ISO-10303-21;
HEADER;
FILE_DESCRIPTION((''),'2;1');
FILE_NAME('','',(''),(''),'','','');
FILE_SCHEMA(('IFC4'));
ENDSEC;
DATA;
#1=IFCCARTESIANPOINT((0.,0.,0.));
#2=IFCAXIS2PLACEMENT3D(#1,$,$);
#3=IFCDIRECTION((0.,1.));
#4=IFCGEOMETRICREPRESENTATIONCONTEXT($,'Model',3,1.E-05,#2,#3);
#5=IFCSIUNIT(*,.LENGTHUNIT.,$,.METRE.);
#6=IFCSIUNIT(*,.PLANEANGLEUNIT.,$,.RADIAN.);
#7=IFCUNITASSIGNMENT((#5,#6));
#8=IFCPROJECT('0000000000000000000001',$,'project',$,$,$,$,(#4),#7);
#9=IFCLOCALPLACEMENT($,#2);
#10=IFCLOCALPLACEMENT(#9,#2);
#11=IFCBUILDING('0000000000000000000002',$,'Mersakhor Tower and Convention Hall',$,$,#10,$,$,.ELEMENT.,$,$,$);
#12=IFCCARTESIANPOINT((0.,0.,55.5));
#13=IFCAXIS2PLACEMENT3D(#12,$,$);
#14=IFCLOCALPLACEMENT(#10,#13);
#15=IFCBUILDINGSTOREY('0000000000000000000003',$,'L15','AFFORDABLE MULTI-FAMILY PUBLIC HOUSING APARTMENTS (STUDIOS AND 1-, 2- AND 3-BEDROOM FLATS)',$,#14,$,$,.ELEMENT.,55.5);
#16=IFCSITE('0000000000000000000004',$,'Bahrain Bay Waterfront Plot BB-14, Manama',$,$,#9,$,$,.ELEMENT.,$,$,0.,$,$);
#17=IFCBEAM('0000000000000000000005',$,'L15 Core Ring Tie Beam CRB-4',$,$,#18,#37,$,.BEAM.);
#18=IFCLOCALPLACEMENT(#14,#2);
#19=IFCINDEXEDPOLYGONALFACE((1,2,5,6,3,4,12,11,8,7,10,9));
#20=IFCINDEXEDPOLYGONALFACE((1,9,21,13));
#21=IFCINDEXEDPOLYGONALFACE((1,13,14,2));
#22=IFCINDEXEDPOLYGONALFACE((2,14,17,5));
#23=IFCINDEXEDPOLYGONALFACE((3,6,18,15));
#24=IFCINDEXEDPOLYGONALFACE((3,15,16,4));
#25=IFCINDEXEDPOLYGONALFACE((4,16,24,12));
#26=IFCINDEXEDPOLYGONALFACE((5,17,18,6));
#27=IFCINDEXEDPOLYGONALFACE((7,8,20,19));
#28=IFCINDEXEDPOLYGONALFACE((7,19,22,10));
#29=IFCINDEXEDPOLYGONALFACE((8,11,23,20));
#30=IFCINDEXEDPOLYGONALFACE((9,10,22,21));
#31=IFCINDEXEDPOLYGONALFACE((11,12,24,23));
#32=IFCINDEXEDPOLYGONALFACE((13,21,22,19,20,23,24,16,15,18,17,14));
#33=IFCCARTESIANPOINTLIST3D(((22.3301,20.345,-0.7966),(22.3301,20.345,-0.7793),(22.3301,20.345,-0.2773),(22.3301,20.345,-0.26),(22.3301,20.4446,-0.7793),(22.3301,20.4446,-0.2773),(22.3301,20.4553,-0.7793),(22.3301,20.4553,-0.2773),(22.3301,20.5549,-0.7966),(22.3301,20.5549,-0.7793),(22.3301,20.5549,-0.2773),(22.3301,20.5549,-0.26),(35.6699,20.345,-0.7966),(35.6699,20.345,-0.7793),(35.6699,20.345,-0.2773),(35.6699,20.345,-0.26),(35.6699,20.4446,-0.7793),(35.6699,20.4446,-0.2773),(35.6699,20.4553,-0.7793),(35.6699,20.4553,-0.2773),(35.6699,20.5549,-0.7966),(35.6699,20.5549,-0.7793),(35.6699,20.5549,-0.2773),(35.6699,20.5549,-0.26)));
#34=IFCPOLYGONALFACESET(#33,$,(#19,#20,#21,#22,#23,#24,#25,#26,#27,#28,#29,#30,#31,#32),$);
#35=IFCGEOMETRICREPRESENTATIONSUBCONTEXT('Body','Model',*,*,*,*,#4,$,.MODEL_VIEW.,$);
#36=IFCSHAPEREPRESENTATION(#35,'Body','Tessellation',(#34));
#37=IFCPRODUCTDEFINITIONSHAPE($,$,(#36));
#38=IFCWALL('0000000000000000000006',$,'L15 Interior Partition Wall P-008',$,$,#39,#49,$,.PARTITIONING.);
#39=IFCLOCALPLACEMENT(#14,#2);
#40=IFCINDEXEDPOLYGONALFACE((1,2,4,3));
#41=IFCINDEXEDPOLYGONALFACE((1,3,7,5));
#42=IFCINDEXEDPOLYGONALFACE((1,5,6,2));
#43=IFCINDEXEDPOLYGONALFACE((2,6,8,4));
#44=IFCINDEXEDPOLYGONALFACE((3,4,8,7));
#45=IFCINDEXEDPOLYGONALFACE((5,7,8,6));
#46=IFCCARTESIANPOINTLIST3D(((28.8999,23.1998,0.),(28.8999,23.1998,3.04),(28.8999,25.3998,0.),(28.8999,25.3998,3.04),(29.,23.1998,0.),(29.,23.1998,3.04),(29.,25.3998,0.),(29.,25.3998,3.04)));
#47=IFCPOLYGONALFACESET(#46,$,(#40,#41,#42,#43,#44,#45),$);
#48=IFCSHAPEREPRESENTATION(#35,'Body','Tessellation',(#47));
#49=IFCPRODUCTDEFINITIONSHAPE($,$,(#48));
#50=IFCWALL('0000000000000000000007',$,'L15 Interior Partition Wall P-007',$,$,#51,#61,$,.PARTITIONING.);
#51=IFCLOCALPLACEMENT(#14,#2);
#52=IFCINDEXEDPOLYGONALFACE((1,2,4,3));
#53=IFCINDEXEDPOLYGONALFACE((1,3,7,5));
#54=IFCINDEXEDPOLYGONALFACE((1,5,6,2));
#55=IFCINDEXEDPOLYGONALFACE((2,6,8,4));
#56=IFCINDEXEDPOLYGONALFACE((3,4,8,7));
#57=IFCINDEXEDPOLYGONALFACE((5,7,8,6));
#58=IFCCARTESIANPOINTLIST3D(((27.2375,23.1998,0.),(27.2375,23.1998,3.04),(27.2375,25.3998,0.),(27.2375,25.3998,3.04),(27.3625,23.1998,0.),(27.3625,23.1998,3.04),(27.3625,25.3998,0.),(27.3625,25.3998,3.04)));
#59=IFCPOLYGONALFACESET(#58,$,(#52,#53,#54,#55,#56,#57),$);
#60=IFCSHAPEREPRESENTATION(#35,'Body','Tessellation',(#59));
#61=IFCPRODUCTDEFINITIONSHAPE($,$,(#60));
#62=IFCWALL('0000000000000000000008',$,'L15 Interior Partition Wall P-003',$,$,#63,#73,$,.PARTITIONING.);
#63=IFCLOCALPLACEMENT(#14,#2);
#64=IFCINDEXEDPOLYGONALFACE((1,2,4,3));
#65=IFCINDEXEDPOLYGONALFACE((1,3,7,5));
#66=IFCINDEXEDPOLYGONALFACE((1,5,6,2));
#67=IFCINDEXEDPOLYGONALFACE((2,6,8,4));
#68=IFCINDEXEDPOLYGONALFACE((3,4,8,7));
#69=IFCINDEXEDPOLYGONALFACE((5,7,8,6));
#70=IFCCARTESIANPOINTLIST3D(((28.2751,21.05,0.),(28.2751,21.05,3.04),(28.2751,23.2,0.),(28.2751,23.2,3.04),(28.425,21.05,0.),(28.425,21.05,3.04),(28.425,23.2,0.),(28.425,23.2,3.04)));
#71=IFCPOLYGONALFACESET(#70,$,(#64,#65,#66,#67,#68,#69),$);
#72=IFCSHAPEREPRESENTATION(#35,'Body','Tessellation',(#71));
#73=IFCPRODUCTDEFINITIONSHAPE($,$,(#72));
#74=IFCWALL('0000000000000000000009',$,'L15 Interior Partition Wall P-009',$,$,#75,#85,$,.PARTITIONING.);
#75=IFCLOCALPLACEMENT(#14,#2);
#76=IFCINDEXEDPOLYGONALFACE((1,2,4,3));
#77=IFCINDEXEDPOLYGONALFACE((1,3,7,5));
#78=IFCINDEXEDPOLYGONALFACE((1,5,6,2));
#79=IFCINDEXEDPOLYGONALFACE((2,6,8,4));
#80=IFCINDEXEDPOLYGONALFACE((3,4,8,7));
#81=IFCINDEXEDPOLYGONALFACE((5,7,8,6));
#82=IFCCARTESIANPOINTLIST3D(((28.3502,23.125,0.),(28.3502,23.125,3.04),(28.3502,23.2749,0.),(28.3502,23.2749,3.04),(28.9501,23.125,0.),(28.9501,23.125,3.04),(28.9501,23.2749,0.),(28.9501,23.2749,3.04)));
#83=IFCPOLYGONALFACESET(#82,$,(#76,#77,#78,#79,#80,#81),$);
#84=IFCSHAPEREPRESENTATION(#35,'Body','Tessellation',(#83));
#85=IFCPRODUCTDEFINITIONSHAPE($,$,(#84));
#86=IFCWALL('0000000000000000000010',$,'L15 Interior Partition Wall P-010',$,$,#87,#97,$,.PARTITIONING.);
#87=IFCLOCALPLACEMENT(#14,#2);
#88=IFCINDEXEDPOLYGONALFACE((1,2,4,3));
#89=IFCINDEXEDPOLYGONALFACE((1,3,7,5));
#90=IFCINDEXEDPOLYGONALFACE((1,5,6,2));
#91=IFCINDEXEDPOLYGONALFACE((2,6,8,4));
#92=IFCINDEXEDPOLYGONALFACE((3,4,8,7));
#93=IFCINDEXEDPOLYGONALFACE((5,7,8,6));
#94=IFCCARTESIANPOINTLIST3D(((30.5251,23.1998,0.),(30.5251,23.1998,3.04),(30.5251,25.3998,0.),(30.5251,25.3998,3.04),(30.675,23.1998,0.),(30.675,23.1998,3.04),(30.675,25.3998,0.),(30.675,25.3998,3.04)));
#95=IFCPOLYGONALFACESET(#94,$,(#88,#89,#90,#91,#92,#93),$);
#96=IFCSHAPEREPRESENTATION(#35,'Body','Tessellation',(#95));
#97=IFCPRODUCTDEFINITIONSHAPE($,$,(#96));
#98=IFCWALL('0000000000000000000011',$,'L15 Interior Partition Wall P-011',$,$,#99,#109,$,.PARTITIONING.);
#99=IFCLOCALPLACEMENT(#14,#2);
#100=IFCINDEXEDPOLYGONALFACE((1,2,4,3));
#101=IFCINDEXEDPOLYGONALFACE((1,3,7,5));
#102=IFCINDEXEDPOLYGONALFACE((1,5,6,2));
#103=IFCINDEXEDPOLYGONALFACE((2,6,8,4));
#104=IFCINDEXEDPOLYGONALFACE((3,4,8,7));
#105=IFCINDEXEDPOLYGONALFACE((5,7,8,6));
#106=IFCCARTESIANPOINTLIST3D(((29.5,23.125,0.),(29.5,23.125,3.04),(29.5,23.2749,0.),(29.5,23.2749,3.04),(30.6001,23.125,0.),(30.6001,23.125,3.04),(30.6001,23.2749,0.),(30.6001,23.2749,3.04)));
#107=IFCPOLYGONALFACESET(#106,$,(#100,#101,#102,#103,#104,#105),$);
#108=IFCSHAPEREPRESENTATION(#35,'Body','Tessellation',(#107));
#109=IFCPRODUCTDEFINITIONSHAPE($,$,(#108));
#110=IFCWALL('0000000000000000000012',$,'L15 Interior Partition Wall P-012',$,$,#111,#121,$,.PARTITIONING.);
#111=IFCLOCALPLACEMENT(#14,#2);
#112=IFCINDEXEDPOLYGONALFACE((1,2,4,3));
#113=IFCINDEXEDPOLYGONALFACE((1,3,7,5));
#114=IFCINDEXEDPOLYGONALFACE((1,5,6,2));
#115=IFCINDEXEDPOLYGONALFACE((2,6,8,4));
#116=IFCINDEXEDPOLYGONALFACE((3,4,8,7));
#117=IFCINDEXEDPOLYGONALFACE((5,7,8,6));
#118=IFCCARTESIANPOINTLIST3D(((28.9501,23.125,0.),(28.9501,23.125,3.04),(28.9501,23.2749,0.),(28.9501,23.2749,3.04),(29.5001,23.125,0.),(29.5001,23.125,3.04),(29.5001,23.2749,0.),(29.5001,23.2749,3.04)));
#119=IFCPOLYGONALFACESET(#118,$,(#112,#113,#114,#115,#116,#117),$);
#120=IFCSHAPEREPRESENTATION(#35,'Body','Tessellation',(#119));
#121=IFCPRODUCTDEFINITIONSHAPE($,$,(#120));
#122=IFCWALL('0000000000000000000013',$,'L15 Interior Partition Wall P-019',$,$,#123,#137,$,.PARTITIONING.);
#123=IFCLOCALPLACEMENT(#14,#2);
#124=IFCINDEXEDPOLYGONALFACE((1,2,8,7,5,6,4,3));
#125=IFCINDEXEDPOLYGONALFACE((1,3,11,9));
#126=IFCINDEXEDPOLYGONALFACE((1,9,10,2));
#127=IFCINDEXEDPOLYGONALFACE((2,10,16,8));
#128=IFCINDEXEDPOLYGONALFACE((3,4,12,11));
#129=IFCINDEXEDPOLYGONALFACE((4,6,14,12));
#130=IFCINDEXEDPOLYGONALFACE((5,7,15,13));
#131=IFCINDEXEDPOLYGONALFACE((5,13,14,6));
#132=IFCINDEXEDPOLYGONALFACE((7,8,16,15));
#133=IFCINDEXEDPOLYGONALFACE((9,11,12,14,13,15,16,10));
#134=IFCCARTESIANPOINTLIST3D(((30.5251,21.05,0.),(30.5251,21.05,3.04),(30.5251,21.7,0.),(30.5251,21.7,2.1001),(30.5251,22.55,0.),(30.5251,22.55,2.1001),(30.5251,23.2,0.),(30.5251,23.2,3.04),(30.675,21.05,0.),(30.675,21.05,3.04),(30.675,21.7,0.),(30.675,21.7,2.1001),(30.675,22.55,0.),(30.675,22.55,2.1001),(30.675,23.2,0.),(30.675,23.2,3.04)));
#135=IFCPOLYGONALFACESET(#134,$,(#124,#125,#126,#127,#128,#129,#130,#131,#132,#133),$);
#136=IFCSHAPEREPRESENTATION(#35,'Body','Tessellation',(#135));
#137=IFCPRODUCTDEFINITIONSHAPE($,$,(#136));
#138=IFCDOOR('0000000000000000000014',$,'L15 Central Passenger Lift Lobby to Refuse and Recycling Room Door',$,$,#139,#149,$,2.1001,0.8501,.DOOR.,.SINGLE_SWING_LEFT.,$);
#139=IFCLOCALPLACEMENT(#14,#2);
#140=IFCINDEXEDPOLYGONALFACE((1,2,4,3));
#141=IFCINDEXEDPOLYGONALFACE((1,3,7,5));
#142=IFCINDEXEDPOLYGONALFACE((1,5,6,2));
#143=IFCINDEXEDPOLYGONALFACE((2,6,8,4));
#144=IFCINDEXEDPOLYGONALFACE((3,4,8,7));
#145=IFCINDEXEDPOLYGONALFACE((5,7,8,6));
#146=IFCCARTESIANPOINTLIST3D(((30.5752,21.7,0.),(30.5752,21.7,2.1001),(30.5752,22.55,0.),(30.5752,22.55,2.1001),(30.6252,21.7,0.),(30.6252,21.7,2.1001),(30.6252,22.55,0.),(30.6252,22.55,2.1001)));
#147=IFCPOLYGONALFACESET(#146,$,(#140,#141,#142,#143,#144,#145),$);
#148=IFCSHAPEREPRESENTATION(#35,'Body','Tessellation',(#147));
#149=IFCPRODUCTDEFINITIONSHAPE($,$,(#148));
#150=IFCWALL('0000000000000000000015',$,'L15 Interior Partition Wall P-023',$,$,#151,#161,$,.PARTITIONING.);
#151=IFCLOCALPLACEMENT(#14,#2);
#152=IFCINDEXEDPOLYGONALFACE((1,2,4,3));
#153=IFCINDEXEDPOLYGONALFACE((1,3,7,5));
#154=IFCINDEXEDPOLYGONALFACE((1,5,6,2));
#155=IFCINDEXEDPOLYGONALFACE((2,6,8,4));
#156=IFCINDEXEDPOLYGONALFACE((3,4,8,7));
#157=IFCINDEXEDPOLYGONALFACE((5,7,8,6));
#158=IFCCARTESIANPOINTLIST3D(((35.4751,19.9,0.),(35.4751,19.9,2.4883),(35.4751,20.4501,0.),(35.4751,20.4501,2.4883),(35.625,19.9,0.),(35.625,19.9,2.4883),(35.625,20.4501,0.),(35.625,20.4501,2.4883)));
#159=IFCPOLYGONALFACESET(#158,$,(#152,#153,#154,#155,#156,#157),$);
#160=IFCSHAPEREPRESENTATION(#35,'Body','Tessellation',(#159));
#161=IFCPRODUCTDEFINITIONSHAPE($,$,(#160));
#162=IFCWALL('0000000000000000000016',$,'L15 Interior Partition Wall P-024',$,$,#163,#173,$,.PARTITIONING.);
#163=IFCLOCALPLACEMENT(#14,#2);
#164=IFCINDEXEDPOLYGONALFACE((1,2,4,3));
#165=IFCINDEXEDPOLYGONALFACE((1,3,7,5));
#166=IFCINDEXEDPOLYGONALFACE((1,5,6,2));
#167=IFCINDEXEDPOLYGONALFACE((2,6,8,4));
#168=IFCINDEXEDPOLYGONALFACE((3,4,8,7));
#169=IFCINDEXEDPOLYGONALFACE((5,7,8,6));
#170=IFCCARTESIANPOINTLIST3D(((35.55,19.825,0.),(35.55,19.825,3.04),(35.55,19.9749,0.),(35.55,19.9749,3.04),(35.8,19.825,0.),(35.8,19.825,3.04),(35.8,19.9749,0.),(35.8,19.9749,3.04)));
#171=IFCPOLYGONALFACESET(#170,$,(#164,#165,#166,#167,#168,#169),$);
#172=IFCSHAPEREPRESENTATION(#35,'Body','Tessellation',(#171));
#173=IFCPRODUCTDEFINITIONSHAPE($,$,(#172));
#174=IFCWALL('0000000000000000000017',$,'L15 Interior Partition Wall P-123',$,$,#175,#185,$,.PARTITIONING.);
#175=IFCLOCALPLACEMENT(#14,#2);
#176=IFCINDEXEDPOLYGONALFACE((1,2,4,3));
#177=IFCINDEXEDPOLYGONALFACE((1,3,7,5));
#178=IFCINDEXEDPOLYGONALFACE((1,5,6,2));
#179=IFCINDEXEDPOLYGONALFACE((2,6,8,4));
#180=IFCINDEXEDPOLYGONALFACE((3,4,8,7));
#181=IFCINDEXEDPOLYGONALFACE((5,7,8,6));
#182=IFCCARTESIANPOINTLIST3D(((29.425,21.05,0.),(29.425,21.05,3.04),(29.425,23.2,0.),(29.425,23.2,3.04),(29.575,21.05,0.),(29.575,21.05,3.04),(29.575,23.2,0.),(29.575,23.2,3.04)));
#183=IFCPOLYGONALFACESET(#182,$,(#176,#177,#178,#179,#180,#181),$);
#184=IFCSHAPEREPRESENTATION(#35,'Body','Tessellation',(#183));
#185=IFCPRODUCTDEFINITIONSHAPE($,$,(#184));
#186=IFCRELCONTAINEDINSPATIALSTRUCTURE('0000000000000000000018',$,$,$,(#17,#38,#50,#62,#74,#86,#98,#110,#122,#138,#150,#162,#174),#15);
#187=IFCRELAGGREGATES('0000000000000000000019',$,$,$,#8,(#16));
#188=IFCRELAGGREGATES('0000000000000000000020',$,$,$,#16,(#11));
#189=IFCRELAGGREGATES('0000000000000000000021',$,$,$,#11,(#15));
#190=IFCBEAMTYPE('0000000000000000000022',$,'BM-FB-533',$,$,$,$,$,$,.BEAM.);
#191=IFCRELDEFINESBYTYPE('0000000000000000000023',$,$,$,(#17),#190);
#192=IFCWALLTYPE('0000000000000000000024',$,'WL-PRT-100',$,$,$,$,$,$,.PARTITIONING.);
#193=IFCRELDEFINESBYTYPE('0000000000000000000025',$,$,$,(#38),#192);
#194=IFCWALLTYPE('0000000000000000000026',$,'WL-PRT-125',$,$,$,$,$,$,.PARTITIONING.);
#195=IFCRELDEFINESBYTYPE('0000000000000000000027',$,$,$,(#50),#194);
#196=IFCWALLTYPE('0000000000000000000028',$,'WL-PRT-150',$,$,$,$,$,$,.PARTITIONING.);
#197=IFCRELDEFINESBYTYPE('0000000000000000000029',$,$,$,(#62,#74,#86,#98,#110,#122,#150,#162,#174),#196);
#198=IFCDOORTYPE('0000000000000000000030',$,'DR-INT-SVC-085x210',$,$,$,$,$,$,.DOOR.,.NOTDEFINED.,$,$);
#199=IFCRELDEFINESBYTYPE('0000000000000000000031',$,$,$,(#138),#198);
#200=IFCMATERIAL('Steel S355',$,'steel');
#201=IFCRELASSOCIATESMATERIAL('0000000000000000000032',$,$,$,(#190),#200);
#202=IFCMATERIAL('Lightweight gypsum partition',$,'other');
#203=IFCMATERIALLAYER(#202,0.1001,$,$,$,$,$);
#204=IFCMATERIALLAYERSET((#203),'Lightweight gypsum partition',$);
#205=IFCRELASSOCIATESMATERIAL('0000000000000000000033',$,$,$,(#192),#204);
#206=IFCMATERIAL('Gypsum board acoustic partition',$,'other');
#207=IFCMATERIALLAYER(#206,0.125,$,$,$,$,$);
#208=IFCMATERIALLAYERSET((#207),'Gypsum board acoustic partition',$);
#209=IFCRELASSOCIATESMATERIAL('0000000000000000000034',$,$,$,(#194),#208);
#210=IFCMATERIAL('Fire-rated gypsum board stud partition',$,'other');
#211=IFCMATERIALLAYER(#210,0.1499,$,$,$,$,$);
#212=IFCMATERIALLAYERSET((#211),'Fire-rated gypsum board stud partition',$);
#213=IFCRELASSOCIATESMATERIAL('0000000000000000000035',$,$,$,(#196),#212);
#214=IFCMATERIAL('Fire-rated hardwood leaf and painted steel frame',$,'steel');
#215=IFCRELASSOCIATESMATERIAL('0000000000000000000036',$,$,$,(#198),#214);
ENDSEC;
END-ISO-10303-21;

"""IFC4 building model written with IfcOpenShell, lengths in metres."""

from ifc_helpers import new_model, si_unit, direction, frame, frame_2d, origin, origin_2d, place, context, subcontext, project, spatial, rectangle, i_section, extrude, material, layer, layer_set, material_profile, profile_set, type_object, element, fill, save


model = new_model("IFC4")

# Units and contexts
model_context = context("Model", 3, precision=1e-05, world=origin(), true_north=direction((0.0, 1.0)))
body_context = subcontext(model_context, "Body", "Model", "MODEL_VIEW")
ifc_project = project(units=[si_unit("LENGTHUNIT", "METRE"), si_unit("PLANEANGLEUNIT", "RADIAN")], contexts=[model_context])

# Site, building, storey
site_placement = place(None, origin())
site = spatial("IfcSite", under=ifc_project, at=site_placement, Name="Bahrain Bay Waterfront Plot BB-14, Manama", CompositionType="ELEMENT", RefElevation=0.0)
building_placement = place(site_placement, origin())
building = spatial("IfcBuilding", under=site, at=building_placement, Name="Mersakhor Tower and Convention Hall", CompositionType="ELEMENT")
storey_placement = place(building_placement, frame((0.0, 0.0, 55.5)))
storey = spatial("IfcBuildingStorey", under=building, at=storey_placement, Name="L15", Description="AFFORDABLE MULTI-FAMILY PUBLIC HOUSING APARTMENTS (STUDIOS AND 1-, 2- AND 3-BEDROOM FLATS)", CompositionType="ELEMENT", Elevation=55.5)

# Beam
ifc_material_1 = material(Name="Steel S355", Category="steel")
ifc_material_profile = material_profile(ifc_material_1, i_section(OverallWidth=0.21, OverallDepth=0.5366, WebThickness=0.0107, FlangeThickness=0.0173, at=origin_2d()), Name="UB 533x210x101")
ifc_profile_set = profile_set([ifc_material_profile], Name="Steel S355")
beam_type = type_object("IfcBeamType", Name="BM-FB-533", PredefinedType="BEAM", material=ifc_profile_set)
beam_placement = place(storey_placement, frame((35.6699, 20.45, -0.5283), z_axis=(-1.0, 0.0, 0.0), x_axis=(0.0, -1.0, 0.0)))
element("IfcBeam", 1, at=beam_placement, inside=storey, type_object=beam_type, Name="L15 Core Ring Tie Beam CRB-4", PredefinedType="BEAM", context=body_context, shape_type="SweptSolid", body=[
    extrude(i_section(OverallWidth=0.21, OverallDepth=0.5366, WebThickness=0.0107, FlangeThickness=0.0173, at=origin_2d()), origin(), (0.0, 0.0, 1.0), 13.3398),
])

# Walls
ifc_material_2 = material(Name="Lightweight gypsum partition", Category="other")
ifc_layer_1 = layer(ifc_material_2, 0.1001)
ifc_layer_set_1 = layer_set([ifc_layer_1], Name="Lightweight gypsum partition")
wall_type_1 = type_object("IfcWallType", Name="WL-PRT-100", PredefinedType="PARTITIONING", material=ifc_layer_set_1)
wall_1_placement = place(storey_placement, frame((28.95, 25.3999, 0.0), z_axis=(0.0, 0.0, 1.0), x_axis=(0.0, -1.0, 0.0)))
element("IfcWall", 2, at=wall_1_placement, inside=storey, type_object=wall_type_1, Name="L15 Interior Partition Wall P-008", PredefinedType="PARTITIONING", context=body_context, shape_type="SweptSolid", body=[
    extrude(rectangle(XDim=2.2, YDim=0.1001, at=frame_2d((1.1001, 0.0))), origin(), (0.0, 0.0, 1.0), 3.04),
])
ifc_material_3 = material(Name="Gypsum board acoustic partition", Category="other")
ifc_layer_2 = layer(ifc_material_3, 0.125)
ifc_layer_set_2 = layer_set([ifc_layer_2], Name="Gypsum board acoustic partition")
wall_type_2 = type_object("IfcWallType", Name="WL-PRT-125", PredefinedType="PARTITIONING", material=ifc_layer_set_2)
wall_2_placement = place(storey_placement, frame((27.3, 25.3999, 0.0), z_axis=(0.0, 0.0, 1.0), x_axis=(0.0, -1.0, 0.0)))
element("IfcWall", 3, at=wall_2_placement, inside=storey, type_object=wall_type_2, Name="L15 Interior Partition Wall P-007", PredefinedType="PARTITIONING", context=body_context, shape_type="SweptSolid", body=[
    extrude(rectangle(XDim=2.2, YDim=0.125, at=frame_2d((1.1001, 0.0))), origin(), (0.0, 0.0, 1.0), 3.04),
])
ifc_material_4 = material(Name="Fire-rated gypsum board stud partition", Category="other")
ifc_layer_3 = layer(ifc_material_4, 0.1499)
ifc_layer_set_3 = layer_set([ifc_layer_3], Name="Fire-rated gypsum board stud partition")
wall_type_3 = type_object("IfcWallType", Name="WL-PRT-150", PredefinedType="PARTITIONING", material=ifc_layer_set_3)
wall_3_placement = place(storey_placement, frame((28.3501, 23.2, 0.0), z_axis=(0.0, 0.0, 1.0), x_axis=(0.0, -1.0, 0.0)))
element("IfcWall", 4, at=wall_3_placement, inside=storey, type_object=wall_type_3, Name="L15 Interior Partition Wall P-003", PredefinedType="PARTITIONING", context=body_context, shape_type="SweptSolid", body=[
    extrude(rectangle(XDim=2.1499, YDim=0.1499, at=frame_2d((1.075, 0.0))), origin(), (0.0, 0.0, 1.0), 3.04),
])
wall_4_placement = place(storey_placement, frame((28.95, 23.2, 0.0), z_axis=(0.0, 0.0, 1.0), x_axis=(-1.0, 0.0, 0.0)))
element("IfcWall", 5, at=wall_4_placement, inside=storey, type_object=wall_type_3, Name="L15 Interior Partition Wall P-009", PredefinedType="PARTITIONING", context=body_context, shape_type="SweptSolid", body=[
    extrude(rectangle(XDim=0.5999, YDim=0.1499, at=frame_2d((0.2998, 0.0))), origin(), (0.0, 0.0, 1.0), 3.04),
])
wall_5_placement = place(storey_placement, frame((30.6001, 25.3999, 0.0), z_axis=(0.0, 0.0, 1.0), x_axis=(0.0, -1.0, 0.0)))
element("IfcWall", 6, at=wall_5_placement, inside=storey, type_object=wall_type_3, Name="L15 Interior Partition Wall P-010", PredefinedType="PARTITIONING", context=body_context, shape_type="SweptSolid", body=[
    extrude(rectangle(XDim=2.2, YDim=0.1499, at=frame_2d((1.1001, 0.0))), origin(), (0.0, 0.0, 1.0), 3.04),
])
wall_6_placement = place(storey_placement, frame((30.6001, 23.2, 0.0), z_axis=(0.0, 0.0, 1.0), x_axis=(-1.0, 0.0, 0.0)))
element("IfcWall", 7, at=wall_6_placement, inside=storey, type_object=wall_type_3, Name="L15 Interior Partition Wall P-011", PredefinedType="PARTITIONING", context=body_context, shape_type="SweptSolid", body=[
    extrude(rectangle(XDim=1.1001, YDim=0.1499, at=frame_2d((0.55, 0.0))), origin(), (0.0, 0.0, 1.0), 3.04),
])
wall_7_placement = place(storey_placement, frame((29.5, 23.2, 0.0), z_axis=(0.0, 0.0, 1.0), x_axis=(-1.0, 0.0, 0.0)))
element("IfcWall", 8, at=wall_7_placement, inside=storey, type_object=wall_type_3, Name="L15 Interior Partition Wall P-012", PredefinedType="PARTITIONING", context=body_context, shape_type="SweptSolid", body=[
    extrude(rectangle(XDim=0.55, YDim=0.1499, at=frame_2d((0.2749, 0.0))), origin(), (0.0, 0.0, 1.0), 3.04),
])

# Wall, opening, door
wall_8_placement = place(storey_placement, frame((30.6001, 21.05, 0.0), z_axis=(0.0, 0.0, 1.0), x_axis=(0.0, 1.0, 0.0)))
wall_8 = element("IfcWall", 9, at=wall_8_placement, inside=storey, type_object=wall_type_3, Name="L15 Interior Partition Wall P-019", PredefinedType="PARTITIONING", context=body_context, shape_type="SweptSolid", body=[
    extrude(rectangle(XDim=2.1499, YDim=0.1499, at=frame_2d((1.075, 0.0))), origin(), (0.0, 0.0, 1.0), 3.04),
])
opening_1_placement = place(wall_8_placement, frame((0.6499, 0.0, 0.0)))
opening_1 = element("IfcOpeningElement", 10, at=opening_1_placement, cuts=wall_8, PredefinedType="OPENING", context=body_context, shape_type="SweptSolid", body=[
    extrude(rectangle(XDim=0.8501, YDim=2.1001, at=frame_2d((0.425, 1.05))), frame((0.0, 0.085, 0.0), z_axis=(0.0, -1.0, 0.0), x_axis=(1.0, 0.0, 0.0)), (0.0, 0.0, 1.0), 0.1699),
])
ifc_material_5 = material(Name="Fire-rated hardwood leaf and painted steel frame", Category="steel")
door_type_1 = type_object("IfcDoorType", Name="DR-INT-SVC-085x210", OperationType="NOTDEFINED", PredefinedType="DOOR", material=ifc_material_5)
door_1_placement = place(opening_1_placement, origin())
door_1 = element("IfcDoor", 11, at=door_1_placement, inside=storey, type_object=door_type_1, Name="L15 Central Passenger Lift Lobby to Refuse and Recycling Room Door", OperationType="SINGLE_SWING_LEFT", OverallHeight=2.1001, OverallWidth=0.8501, PredefinedType="DOOR", context=body_context, shape_type="SweptSolid", body=[
    extrude(rectangle(XDim=0.8501, YDim=2.1001, at=frame_2d((0.425, 1.05))), frame((0.0, 0.0249, 0.0), z_axis=(0.0, -1.0, 0.0), x_axis=(1.0, 0.0, 0.0)), (0.0, 0.0, 1.0), 0.05),
])
fill(opening_1, door_1)

# Walls
wall_9_placement = place(storey_placement, frame((35.55, 20.45, 0.0), z_axis=(0.0, 0.0, 1.0), x_axis=(0.0, -1.0, 0.0)))
element("IfcWall", 12, at=wall_9_placement, inside=storey, type_object=wall_type_3, Name="L15 Interior Partition Wall P-023", PredefinedType="PARTITIONING", context=body_context, shape_type="SweptSolid", body=[
    extrude(rectangle(XDim=0.55, YDim=0.1499, at=frame_2d((0.2749, 0.0))), origin(), (0.0, 0.0, 1.0), 2.4883),
])
wall_10_placement = place(storey_placement, frame((35.55, 19.8999, 0.0), z_axis=(0.0, 0.0, 1.0), x_axis=(1.0, 0.0, 0.0)))
element("IfcWall", 13, at=wall_10_placement, inside=storey, type_object=wall_type_3, Name="L15 Interior Partition Wall P-024", PredefinedType="PARTITIONING", context=body_context, shape_type="SweptSolid", body=[
    extrude(rectangle(XDim=0.25, YDim=0.1499, at=frame_2d((0.125, 0.0))), origin(), (0.0, 0.0, 1.0), 3.04),
])

# Wall
wall_11_placement = place(storey_placement, frame((29.5, 23.2, 0.0), z_axis=(0.0, 0.0, 1.0), x_axis=(0.0, -1.0, 0.0)))
element("IfcWall", 14, at=wall_11_placement, inside=storey, type_object=wall_type_3, Name="L15 Interior Partition Wall P-123", PredefinedType="PARTITIONING", context=body_context, shape_type="SweptSolid", body=[
    extrude(rectangle(XDim=2.1499, YDim=0.1499, at=frame_2d((1.075, 0.0))), origin(), (0.0, 0.0, 1.0), 3.04),
])

save(model, "model.ifc")
